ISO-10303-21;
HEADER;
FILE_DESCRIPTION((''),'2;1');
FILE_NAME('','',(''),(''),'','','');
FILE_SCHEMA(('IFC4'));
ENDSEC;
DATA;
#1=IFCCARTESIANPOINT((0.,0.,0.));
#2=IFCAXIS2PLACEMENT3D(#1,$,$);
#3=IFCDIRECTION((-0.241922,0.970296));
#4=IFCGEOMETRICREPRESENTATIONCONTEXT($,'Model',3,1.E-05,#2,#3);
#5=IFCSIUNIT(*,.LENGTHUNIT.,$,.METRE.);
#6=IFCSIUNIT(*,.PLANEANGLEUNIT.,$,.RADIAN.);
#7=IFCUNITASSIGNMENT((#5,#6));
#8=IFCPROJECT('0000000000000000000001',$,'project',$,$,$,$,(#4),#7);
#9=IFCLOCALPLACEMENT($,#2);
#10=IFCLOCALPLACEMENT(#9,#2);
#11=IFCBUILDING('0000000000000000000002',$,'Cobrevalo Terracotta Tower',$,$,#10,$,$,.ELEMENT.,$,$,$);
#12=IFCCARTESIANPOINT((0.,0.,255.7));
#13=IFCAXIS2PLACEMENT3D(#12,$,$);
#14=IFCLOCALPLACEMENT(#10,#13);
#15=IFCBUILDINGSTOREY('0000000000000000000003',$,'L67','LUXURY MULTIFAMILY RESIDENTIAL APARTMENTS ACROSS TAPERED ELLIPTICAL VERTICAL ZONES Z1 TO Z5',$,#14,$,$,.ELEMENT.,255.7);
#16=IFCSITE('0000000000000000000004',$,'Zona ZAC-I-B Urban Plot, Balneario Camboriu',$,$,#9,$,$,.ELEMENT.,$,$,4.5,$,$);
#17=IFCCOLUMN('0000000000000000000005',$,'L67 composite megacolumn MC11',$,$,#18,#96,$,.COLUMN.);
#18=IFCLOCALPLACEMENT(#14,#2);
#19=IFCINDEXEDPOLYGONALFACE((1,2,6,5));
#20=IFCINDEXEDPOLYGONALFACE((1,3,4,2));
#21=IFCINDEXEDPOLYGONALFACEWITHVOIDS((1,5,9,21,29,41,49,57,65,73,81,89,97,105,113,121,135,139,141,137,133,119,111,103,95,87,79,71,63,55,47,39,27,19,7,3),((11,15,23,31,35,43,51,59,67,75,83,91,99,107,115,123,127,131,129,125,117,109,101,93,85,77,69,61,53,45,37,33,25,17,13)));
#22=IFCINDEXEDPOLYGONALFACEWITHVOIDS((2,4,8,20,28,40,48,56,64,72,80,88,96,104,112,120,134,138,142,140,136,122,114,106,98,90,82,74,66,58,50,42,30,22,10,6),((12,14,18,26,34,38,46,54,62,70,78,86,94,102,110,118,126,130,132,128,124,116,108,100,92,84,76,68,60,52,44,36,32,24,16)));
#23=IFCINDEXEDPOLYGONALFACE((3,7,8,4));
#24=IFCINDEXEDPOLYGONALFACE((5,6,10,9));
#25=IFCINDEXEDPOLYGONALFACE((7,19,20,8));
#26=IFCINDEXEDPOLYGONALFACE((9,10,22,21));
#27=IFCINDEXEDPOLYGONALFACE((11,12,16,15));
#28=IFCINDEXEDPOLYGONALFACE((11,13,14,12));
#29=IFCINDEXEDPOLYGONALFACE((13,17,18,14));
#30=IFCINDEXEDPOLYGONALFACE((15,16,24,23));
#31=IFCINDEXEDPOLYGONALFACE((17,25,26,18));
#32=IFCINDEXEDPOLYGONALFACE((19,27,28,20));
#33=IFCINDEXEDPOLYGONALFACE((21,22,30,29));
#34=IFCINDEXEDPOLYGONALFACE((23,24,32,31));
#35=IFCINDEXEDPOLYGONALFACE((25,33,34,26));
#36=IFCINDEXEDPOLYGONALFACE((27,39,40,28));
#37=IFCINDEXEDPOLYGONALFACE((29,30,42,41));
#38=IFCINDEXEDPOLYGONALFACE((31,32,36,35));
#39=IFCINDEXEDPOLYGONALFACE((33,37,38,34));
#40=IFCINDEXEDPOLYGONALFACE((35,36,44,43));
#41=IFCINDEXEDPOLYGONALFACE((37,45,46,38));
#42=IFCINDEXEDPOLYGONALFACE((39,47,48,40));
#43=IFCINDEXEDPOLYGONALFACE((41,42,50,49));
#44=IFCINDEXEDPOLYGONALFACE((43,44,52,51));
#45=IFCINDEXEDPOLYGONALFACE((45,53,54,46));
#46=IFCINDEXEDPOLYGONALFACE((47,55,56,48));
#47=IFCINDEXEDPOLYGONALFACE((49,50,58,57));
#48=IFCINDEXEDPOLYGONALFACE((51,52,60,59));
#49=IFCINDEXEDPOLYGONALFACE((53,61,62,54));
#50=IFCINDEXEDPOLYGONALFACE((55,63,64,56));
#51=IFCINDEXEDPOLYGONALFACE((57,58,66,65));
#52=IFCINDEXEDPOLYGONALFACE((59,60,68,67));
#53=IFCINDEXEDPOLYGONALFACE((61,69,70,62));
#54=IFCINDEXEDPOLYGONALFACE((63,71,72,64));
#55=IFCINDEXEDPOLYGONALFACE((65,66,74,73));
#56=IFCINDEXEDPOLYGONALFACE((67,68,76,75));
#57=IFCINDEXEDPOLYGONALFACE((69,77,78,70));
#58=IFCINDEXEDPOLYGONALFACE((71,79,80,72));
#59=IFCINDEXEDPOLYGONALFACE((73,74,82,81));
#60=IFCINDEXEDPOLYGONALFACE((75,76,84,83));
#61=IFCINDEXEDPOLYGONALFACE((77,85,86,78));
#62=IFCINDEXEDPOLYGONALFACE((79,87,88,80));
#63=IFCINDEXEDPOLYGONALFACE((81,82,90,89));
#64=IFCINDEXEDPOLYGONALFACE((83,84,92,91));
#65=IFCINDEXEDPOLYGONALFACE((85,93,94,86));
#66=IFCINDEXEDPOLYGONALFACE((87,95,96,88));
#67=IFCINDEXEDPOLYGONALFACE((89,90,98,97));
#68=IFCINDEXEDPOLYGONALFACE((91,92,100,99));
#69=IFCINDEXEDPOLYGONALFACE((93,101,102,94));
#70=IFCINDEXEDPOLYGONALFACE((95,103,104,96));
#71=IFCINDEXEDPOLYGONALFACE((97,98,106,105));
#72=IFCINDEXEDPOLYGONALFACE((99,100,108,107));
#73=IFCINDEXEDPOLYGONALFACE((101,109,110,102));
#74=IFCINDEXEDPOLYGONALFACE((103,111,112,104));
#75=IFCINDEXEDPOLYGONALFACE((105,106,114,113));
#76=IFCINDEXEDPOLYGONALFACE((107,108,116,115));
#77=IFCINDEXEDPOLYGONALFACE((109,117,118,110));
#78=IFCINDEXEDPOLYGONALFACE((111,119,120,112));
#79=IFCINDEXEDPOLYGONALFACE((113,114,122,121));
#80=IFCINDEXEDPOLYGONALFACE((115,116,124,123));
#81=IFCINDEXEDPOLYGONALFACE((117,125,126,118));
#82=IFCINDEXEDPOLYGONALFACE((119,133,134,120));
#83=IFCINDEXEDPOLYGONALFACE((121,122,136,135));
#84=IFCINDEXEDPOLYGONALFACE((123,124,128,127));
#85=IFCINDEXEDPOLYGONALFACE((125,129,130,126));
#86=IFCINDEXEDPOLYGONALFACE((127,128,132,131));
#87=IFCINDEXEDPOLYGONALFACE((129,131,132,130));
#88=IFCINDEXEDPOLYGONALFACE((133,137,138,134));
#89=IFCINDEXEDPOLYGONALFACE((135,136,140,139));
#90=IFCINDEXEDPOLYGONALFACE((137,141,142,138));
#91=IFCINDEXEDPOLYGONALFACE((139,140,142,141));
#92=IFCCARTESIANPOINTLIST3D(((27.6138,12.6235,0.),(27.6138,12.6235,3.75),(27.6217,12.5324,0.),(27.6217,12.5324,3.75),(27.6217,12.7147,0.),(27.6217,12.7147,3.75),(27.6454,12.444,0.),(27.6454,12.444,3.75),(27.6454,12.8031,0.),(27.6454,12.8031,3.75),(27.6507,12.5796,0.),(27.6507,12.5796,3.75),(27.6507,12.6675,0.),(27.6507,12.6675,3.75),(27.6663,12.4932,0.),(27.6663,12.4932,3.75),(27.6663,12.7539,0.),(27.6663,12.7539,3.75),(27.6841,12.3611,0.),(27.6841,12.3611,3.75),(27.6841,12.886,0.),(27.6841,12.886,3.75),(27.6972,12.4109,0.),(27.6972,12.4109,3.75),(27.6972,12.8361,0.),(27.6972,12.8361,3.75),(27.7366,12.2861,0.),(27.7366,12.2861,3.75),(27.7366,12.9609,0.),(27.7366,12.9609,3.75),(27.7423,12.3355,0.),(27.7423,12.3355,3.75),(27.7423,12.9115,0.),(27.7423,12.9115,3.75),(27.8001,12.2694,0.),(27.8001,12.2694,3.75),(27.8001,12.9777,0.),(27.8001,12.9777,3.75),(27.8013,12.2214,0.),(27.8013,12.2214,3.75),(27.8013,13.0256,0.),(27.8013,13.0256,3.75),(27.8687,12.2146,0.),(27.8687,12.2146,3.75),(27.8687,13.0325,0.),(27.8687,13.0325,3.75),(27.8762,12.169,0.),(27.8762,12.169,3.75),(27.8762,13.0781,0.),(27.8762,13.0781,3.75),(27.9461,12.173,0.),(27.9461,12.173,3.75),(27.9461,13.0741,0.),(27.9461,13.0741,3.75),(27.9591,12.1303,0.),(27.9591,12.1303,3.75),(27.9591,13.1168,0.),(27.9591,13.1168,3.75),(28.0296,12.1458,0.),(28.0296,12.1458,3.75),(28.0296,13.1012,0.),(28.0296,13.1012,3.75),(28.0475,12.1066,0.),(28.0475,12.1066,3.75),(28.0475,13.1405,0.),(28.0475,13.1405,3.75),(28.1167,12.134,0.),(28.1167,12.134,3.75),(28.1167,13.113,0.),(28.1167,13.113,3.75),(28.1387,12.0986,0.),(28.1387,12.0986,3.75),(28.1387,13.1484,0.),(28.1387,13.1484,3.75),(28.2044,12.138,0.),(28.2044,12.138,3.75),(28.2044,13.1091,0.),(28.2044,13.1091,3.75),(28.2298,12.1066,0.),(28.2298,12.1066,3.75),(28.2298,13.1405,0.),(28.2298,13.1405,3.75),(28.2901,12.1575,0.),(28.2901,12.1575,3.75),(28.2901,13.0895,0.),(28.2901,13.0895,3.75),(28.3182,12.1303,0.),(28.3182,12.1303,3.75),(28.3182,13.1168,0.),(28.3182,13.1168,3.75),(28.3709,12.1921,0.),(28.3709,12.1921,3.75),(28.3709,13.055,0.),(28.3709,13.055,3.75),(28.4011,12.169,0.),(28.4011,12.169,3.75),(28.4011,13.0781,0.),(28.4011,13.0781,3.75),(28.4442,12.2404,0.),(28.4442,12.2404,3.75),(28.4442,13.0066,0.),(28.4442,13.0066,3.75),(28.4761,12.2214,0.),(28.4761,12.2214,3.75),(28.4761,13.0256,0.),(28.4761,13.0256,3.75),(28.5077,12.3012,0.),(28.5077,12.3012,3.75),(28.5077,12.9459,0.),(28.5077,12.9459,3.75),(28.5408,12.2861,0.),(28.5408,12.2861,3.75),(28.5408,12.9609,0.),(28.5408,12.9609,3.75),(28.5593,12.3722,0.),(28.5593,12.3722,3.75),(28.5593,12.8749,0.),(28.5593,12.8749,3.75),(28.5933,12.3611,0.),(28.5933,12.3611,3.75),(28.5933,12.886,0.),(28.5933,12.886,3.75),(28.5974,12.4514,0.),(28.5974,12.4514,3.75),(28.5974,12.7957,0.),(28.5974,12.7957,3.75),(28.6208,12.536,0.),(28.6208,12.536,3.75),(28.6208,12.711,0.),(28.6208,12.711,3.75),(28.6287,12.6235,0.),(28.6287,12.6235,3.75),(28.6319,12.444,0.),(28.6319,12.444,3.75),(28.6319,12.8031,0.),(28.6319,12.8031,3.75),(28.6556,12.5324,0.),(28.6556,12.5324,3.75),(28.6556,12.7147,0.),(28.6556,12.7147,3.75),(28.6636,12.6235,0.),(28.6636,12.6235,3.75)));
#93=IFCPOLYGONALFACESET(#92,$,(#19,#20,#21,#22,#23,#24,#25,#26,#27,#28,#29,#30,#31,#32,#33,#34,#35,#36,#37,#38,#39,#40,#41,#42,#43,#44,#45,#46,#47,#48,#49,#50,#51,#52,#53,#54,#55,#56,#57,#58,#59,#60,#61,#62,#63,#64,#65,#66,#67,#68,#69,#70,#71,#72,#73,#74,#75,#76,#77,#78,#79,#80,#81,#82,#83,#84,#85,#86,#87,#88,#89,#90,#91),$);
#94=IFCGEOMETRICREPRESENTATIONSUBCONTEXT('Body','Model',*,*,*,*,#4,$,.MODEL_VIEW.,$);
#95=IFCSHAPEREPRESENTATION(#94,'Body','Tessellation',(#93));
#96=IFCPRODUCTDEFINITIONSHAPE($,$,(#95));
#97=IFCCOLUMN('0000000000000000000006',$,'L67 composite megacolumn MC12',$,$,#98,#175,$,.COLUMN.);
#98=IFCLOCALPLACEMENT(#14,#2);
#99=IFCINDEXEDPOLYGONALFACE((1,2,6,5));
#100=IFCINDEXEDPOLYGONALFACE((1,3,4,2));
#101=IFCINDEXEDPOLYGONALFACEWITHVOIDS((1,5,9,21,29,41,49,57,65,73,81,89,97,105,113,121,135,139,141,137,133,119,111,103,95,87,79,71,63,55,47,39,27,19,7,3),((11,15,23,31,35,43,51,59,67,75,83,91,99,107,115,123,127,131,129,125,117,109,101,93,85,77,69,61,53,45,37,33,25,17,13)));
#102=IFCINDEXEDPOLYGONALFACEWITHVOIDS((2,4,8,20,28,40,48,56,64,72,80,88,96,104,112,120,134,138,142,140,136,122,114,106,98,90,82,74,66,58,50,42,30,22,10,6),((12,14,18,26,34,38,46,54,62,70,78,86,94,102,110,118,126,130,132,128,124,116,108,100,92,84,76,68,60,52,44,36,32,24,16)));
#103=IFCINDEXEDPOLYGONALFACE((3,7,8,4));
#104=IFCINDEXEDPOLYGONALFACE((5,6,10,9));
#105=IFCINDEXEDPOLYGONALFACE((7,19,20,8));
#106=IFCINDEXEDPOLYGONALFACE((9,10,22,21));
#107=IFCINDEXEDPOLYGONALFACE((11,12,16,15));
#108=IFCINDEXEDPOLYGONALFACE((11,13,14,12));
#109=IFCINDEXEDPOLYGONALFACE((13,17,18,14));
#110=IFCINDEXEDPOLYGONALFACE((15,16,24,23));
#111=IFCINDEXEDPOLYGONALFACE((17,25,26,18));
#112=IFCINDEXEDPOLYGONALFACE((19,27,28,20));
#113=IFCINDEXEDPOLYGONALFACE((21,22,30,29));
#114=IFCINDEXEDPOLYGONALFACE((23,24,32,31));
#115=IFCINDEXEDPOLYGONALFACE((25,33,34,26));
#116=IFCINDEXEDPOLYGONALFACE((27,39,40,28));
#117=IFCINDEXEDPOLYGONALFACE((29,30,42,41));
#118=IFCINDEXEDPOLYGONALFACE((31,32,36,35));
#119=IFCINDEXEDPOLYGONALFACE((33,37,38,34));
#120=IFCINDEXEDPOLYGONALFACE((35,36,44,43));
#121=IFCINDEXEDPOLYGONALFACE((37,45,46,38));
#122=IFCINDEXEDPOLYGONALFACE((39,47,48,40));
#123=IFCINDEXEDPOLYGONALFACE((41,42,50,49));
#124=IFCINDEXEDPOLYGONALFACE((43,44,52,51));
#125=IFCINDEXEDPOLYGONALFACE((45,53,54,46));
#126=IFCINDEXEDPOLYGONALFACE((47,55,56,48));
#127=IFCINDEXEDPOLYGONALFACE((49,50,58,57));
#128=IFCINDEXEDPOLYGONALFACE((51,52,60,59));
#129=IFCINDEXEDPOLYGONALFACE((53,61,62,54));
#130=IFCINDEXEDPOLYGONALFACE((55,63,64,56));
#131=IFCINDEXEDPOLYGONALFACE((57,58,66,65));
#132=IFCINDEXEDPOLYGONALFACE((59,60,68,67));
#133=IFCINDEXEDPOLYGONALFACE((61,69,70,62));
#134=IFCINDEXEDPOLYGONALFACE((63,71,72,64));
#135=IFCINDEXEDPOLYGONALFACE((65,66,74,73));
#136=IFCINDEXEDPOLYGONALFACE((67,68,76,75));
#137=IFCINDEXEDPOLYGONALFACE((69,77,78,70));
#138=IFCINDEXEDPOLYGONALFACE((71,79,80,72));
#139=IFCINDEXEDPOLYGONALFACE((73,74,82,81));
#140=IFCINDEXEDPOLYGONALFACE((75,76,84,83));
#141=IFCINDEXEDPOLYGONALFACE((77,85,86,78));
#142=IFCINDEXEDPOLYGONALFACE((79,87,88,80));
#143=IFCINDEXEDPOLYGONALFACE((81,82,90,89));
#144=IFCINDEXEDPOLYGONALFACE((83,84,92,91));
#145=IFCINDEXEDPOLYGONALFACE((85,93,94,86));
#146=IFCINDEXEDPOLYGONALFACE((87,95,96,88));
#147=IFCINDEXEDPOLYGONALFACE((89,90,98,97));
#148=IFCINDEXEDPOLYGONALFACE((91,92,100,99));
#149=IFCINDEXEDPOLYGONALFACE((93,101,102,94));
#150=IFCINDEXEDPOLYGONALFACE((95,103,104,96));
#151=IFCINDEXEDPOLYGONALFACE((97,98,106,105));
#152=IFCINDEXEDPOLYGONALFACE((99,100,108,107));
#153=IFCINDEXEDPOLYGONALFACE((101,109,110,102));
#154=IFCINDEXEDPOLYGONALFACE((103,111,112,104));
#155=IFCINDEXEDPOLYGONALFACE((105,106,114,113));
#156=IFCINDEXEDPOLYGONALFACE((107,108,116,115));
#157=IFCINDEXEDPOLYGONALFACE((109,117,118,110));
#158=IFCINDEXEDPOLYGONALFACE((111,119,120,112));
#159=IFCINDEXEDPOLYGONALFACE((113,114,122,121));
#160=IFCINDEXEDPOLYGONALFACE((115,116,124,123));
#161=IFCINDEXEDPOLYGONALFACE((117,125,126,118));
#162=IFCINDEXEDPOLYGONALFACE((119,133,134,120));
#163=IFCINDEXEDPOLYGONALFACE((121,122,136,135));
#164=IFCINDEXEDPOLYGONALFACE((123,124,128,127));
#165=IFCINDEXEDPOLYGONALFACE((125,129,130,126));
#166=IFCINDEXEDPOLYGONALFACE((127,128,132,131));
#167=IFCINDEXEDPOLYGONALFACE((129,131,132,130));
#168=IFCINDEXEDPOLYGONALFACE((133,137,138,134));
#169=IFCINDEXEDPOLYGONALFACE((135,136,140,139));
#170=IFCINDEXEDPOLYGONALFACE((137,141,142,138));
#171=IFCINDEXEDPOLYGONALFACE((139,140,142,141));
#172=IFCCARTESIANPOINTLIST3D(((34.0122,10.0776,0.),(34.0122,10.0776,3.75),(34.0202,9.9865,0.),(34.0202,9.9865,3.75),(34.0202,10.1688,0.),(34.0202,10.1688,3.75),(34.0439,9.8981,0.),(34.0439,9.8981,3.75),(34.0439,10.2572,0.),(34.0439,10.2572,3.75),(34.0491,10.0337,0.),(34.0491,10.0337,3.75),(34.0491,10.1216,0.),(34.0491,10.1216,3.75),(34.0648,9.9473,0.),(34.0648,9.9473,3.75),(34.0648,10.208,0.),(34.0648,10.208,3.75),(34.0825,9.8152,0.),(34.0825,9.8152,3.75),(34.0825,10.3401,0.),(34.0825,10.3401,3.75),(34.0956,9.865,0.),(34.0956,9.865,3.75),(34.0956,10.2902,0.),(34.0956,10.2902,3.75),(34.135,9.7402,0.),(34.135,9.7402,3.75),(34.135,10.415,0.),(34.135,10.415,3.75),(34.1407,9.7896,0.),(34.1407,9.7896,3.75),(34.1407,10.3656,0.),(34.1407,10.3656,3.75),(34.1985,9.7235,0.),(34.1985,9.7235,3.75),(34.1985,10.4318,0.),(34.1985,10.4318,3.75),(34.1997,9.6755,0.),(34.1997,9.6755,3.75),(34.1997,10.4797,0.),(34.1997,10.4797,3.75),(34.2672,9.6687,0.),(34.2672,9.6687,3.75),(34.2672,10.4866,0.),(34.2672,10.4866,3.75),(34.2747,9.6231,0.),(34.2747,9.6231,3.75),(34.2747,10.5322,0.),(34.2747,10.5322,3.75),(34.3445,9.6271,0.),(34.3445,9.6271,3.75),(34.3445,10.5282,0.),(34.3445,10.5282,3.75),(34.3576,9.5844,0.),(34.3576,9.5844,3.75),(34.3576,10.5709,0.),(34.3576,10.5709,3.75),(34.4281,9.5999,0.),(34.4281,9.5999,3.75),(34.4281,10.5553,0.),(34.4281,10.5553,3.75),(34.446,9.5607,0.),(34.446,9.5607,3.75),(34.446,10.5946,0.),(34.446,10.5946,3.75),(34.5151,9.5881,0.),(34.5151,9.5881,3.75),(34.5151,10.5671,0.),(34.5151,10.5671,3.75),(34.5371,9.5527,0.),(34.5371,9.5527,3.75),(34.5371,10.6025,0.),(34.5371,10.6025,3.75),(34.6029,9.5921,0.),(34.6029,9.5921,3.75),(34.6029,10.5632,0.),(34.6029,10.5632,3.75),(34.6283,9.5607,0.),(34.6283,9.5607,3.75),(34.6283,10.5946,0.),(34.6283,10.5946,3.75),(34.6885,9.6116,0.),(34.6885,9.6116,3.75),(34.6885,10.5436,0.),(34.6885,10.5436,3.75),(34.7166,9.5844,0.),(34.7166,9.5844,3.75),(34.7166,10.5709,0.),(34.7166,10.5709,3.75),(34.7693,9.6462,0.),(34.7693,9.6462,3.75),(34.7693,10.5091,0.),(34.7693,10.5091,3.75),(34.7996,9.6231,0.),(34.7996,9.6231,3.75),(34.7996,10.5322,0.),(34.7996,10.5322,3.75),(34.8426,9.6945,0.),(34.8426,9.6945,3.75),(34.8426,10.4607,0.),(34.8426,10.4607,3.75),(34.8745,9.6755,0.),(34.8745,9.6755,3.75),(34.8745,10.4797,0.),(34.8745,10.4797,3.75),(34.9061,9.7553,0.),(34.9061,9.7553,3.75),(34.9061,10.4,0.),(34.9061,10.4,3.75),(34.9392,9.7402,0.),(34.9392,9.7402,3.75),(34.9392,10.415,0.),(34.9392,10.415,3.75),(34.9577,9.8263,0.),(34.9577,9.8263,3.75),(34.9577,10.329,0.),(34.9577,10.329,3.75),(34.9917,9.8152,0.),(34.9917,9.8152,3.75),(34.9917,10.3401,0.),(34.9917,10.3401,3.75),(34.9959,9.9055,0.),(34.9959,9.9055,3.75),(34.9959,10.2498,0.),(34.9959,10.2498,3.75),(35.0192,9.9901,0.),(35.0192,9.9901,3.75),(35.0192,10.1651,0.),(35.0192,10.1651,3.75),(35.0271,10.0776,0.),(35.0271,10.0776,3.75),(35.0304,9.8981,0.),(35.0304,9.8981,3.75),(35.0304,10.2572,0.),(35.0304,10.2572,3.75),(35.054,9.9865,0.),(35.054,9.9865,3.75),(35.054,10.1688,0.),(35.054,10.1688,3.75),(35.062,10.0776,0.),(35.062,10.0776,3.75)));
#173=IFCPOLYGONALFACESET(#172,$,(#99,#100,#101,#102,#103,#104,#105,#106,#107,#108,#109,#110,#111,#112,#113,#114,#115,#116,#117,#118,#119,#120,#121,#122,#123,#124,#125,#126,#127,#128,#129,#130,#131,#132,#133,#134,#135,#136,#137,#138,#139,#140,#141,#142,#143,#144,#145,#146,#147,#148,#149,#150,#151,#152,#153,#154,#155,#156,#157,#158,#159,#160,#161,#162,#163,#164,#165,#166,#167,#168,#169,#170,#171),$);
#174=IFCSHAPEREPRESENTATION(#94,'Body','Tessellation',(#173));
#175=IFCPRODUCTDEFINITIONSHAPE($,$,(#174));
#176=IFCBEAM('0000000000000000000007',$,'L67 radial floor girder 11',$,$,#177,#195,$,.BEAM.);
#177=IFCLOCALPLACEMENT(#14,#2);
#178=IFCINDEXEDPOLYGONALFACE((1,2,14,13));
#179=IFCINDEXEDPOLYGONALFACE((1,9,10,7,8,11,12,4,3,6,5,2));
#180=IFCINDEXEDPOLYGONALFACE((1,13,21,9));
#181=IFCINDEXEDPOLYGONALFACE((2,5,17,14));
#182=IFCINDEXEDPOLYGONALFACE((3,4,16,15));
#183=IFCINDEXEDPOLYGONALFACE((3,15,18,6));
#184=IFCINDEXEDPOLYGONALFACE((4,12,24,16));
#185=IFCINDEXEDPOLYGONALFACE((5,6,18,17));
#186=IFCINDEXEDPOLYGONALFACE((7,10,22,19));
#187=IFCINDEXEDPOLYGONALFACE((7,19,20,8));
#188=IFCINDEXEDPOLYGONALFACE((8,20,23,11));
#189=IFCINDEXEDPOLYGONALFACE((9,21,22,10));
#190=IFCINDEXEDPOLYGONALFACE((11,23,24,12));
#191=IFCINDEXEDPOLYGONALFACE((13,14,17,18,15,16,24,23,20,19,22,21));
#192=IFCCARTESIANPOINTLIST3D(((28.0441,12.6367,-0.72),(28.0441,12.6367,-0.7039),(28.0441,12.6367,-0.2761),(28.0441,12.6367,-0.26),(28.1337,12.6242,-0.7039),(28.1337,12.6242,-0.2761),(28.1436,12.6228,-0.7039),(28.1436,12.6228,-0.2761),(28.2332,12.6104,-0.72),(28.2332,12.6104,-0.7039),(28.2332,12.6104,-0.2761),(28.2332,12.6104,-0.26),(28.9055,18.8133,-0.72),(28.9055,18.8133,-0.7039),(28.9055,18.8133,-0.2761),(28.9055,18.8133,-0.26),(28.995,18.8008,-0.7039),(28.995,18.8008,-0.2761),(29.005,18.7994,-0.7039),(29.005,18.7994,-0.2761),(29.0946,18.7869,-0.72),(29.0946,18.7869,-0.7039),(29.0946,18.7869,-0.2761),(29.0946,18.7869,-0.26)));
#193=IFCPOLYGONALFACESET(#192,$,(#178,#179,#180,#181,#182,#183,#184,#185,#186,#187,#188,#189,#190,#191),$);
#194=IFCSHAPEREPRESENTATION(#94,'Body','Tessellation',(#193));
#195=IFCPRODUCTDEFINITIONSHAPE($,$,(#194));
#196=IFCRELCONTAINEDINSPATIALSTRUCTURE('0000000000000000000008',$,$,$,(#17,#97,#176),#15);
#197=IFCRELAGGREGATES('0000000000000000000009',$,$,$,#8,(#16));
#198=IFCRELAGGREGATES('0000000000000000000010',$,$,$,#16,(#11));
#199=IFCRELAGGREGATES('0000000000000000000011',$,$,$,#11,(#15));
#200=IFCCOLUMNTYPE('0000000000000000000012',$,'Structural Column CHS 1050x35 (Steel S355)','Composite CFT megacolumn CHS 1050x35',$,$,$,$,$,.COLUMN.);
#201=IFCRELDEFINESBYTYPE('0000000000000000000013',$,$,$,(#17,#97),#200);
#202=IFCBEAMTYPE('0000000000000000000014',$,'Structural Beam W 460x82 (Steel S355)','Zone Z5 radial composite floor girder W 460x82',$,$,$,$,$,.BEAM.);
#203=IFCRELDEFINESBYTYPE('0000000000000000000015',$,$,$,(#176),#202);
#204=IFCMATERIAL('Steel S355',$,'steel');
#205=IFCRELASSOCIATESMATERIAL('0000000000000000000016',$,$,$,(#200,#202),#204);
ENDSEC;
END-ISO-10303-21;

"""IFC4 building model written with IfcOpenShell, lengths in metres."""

from ifc_helpers import new_model, si_unit, direction, frame, origin, origin_2d, place, context, subcontext, project, spatial, hollow_circle, i_section, extrude, material, material_profile, profile_set, type_object, element, save


model = new_model("IFC4")

# Units and contexts
model_context = context("Model", 3, precision=1e-05, world=origin(), true_north=direction((-0.241922, 0.970296)))
body_context = subcontext(model_context, "Body", "Model", "MODEL_VIEW")
ifc_project = project(units=[si_unit("LENGTHUNIT", "METRE"), si_unit("PLANEANGLEUNIT", "RADIAN")], contexts=[model_context])

# Site, building, storey
site_placement = place(None, origin())
site = spatial("IfcSite", under=ifc_project, at=site_placement, Name="Zona ZAC-I-B Urban Plot, Balneario Camboriu", CompositionType="ELEMENT", RefElevation=4.5)
building_placement = place(site_placement, origin())
building = spatial("IfcBuilding", under=site, at=building_placement, Name="Cobrevalo Terracotta Tower", CompositionType="ELEMENT")
storey_placement = place(building_placement, frame((0.0, 0.0, 255.7)))
storey = spatial("IfcBuildingStorey", under=building, at=storey_placement, Name="L67", Description="LUXURY MULTIFAMILY RESIDENTIAL APARTMENTS ACROSS TAPERED ELLIPTICAL VERTICAL ZONES Z1 TO Z5", CompositionType="ELEMENT", Elevation=255.7)

# Columns
ifc_material_1 = material(Name="Steel S355", Category="steel")
ifc_material_profile_1 = material_profile(ifc_material_1, hollow_circle(Radius=0.5249, WallThickness=0.0349, at=origin_2d()), Name="CHS 1050x35")
ifc_profile_set_1 = profile_set([ifc_material_profile_1], Name="Steel S355")
column_type = type_object("IfcColumnType", Name="Structural Column CHS 1050x35 (Steel S355)", Description="Composite CFT megacolumn CHS 1050x35", PredefinedType="COLUMN", material=ifc_profile_set_1)
for number, where, z_axis, x_axis, name in (
    (1, (28.1387, 12.6235, 0.0), (0.0, 0.0, 1.0), (1.0, 0.0, 0.0), "L67 composite megacolumn MC11"),
    (2, (34.5371, 10.0776, 0.0), (0.0, 0.0, 1.0), (1.0, 0.0, 0.0), "L67 composite megacolumn MC12"),
):
    element("IfcColumn", number, at=place(storey_placement, frame(where, z_axis=z_axis, x_axis=x_axis)), inside=storey, type_object=column_type, Name=name, PredefinedType="COLUMN", context=body_context, shape_type="SweptSolid", body=[
        extrude(hollow_circle(Radius=0.5249, WallThickness=0.0349, at=origin_2d()), origin(), (0.0, 0.0, 1.0), 3.75),
    ])

# Beam
ifc_material_profile_2 = material_profile(ifc_material_1, i_section(OverallWidth=0.1909, OverallDepth=0.46, WebThickness=0.01, FlangeThickness=0.0161, at=origin_2d()), Name="W 460x82")
ifc_profile_set_2 = profile_set([ifc_material_profile_2], Name="Steel S355")
beam_type_1 = type_object("IfcBeamType", Name="Structural Beam W 460x82 (Steel S355)", Description="Zone Z5 radial composite floor girder W 460x82", PredefinedType="BEAM", material=ifc_profile_set_2)
beam_1_placement = place(storey_placement, frame((28.1387, 12.6235, -0.49), z_axis=(0.138116, 0.990416, 0.0), x_axis=(-0.990416, 0.138116, 0.0)))
element("IfcBeam", 3, at=beam_1_placement, inside=storey, type_object=beam_type_1, Name="L67 radial floor girder 11", PredefinedType="BEAM", context=body_context, shape_type="SweptSolid", body=[
    extrude(i_section(OverallWidth=0.1909, OverallDepth=0.46, WebThickness=0.01, FlangeThickness=0.0161, at=origin_2d()), origin(), (0.0, 0.0, 1.0), 6.2363),
])

save(model, "model.ifc")
